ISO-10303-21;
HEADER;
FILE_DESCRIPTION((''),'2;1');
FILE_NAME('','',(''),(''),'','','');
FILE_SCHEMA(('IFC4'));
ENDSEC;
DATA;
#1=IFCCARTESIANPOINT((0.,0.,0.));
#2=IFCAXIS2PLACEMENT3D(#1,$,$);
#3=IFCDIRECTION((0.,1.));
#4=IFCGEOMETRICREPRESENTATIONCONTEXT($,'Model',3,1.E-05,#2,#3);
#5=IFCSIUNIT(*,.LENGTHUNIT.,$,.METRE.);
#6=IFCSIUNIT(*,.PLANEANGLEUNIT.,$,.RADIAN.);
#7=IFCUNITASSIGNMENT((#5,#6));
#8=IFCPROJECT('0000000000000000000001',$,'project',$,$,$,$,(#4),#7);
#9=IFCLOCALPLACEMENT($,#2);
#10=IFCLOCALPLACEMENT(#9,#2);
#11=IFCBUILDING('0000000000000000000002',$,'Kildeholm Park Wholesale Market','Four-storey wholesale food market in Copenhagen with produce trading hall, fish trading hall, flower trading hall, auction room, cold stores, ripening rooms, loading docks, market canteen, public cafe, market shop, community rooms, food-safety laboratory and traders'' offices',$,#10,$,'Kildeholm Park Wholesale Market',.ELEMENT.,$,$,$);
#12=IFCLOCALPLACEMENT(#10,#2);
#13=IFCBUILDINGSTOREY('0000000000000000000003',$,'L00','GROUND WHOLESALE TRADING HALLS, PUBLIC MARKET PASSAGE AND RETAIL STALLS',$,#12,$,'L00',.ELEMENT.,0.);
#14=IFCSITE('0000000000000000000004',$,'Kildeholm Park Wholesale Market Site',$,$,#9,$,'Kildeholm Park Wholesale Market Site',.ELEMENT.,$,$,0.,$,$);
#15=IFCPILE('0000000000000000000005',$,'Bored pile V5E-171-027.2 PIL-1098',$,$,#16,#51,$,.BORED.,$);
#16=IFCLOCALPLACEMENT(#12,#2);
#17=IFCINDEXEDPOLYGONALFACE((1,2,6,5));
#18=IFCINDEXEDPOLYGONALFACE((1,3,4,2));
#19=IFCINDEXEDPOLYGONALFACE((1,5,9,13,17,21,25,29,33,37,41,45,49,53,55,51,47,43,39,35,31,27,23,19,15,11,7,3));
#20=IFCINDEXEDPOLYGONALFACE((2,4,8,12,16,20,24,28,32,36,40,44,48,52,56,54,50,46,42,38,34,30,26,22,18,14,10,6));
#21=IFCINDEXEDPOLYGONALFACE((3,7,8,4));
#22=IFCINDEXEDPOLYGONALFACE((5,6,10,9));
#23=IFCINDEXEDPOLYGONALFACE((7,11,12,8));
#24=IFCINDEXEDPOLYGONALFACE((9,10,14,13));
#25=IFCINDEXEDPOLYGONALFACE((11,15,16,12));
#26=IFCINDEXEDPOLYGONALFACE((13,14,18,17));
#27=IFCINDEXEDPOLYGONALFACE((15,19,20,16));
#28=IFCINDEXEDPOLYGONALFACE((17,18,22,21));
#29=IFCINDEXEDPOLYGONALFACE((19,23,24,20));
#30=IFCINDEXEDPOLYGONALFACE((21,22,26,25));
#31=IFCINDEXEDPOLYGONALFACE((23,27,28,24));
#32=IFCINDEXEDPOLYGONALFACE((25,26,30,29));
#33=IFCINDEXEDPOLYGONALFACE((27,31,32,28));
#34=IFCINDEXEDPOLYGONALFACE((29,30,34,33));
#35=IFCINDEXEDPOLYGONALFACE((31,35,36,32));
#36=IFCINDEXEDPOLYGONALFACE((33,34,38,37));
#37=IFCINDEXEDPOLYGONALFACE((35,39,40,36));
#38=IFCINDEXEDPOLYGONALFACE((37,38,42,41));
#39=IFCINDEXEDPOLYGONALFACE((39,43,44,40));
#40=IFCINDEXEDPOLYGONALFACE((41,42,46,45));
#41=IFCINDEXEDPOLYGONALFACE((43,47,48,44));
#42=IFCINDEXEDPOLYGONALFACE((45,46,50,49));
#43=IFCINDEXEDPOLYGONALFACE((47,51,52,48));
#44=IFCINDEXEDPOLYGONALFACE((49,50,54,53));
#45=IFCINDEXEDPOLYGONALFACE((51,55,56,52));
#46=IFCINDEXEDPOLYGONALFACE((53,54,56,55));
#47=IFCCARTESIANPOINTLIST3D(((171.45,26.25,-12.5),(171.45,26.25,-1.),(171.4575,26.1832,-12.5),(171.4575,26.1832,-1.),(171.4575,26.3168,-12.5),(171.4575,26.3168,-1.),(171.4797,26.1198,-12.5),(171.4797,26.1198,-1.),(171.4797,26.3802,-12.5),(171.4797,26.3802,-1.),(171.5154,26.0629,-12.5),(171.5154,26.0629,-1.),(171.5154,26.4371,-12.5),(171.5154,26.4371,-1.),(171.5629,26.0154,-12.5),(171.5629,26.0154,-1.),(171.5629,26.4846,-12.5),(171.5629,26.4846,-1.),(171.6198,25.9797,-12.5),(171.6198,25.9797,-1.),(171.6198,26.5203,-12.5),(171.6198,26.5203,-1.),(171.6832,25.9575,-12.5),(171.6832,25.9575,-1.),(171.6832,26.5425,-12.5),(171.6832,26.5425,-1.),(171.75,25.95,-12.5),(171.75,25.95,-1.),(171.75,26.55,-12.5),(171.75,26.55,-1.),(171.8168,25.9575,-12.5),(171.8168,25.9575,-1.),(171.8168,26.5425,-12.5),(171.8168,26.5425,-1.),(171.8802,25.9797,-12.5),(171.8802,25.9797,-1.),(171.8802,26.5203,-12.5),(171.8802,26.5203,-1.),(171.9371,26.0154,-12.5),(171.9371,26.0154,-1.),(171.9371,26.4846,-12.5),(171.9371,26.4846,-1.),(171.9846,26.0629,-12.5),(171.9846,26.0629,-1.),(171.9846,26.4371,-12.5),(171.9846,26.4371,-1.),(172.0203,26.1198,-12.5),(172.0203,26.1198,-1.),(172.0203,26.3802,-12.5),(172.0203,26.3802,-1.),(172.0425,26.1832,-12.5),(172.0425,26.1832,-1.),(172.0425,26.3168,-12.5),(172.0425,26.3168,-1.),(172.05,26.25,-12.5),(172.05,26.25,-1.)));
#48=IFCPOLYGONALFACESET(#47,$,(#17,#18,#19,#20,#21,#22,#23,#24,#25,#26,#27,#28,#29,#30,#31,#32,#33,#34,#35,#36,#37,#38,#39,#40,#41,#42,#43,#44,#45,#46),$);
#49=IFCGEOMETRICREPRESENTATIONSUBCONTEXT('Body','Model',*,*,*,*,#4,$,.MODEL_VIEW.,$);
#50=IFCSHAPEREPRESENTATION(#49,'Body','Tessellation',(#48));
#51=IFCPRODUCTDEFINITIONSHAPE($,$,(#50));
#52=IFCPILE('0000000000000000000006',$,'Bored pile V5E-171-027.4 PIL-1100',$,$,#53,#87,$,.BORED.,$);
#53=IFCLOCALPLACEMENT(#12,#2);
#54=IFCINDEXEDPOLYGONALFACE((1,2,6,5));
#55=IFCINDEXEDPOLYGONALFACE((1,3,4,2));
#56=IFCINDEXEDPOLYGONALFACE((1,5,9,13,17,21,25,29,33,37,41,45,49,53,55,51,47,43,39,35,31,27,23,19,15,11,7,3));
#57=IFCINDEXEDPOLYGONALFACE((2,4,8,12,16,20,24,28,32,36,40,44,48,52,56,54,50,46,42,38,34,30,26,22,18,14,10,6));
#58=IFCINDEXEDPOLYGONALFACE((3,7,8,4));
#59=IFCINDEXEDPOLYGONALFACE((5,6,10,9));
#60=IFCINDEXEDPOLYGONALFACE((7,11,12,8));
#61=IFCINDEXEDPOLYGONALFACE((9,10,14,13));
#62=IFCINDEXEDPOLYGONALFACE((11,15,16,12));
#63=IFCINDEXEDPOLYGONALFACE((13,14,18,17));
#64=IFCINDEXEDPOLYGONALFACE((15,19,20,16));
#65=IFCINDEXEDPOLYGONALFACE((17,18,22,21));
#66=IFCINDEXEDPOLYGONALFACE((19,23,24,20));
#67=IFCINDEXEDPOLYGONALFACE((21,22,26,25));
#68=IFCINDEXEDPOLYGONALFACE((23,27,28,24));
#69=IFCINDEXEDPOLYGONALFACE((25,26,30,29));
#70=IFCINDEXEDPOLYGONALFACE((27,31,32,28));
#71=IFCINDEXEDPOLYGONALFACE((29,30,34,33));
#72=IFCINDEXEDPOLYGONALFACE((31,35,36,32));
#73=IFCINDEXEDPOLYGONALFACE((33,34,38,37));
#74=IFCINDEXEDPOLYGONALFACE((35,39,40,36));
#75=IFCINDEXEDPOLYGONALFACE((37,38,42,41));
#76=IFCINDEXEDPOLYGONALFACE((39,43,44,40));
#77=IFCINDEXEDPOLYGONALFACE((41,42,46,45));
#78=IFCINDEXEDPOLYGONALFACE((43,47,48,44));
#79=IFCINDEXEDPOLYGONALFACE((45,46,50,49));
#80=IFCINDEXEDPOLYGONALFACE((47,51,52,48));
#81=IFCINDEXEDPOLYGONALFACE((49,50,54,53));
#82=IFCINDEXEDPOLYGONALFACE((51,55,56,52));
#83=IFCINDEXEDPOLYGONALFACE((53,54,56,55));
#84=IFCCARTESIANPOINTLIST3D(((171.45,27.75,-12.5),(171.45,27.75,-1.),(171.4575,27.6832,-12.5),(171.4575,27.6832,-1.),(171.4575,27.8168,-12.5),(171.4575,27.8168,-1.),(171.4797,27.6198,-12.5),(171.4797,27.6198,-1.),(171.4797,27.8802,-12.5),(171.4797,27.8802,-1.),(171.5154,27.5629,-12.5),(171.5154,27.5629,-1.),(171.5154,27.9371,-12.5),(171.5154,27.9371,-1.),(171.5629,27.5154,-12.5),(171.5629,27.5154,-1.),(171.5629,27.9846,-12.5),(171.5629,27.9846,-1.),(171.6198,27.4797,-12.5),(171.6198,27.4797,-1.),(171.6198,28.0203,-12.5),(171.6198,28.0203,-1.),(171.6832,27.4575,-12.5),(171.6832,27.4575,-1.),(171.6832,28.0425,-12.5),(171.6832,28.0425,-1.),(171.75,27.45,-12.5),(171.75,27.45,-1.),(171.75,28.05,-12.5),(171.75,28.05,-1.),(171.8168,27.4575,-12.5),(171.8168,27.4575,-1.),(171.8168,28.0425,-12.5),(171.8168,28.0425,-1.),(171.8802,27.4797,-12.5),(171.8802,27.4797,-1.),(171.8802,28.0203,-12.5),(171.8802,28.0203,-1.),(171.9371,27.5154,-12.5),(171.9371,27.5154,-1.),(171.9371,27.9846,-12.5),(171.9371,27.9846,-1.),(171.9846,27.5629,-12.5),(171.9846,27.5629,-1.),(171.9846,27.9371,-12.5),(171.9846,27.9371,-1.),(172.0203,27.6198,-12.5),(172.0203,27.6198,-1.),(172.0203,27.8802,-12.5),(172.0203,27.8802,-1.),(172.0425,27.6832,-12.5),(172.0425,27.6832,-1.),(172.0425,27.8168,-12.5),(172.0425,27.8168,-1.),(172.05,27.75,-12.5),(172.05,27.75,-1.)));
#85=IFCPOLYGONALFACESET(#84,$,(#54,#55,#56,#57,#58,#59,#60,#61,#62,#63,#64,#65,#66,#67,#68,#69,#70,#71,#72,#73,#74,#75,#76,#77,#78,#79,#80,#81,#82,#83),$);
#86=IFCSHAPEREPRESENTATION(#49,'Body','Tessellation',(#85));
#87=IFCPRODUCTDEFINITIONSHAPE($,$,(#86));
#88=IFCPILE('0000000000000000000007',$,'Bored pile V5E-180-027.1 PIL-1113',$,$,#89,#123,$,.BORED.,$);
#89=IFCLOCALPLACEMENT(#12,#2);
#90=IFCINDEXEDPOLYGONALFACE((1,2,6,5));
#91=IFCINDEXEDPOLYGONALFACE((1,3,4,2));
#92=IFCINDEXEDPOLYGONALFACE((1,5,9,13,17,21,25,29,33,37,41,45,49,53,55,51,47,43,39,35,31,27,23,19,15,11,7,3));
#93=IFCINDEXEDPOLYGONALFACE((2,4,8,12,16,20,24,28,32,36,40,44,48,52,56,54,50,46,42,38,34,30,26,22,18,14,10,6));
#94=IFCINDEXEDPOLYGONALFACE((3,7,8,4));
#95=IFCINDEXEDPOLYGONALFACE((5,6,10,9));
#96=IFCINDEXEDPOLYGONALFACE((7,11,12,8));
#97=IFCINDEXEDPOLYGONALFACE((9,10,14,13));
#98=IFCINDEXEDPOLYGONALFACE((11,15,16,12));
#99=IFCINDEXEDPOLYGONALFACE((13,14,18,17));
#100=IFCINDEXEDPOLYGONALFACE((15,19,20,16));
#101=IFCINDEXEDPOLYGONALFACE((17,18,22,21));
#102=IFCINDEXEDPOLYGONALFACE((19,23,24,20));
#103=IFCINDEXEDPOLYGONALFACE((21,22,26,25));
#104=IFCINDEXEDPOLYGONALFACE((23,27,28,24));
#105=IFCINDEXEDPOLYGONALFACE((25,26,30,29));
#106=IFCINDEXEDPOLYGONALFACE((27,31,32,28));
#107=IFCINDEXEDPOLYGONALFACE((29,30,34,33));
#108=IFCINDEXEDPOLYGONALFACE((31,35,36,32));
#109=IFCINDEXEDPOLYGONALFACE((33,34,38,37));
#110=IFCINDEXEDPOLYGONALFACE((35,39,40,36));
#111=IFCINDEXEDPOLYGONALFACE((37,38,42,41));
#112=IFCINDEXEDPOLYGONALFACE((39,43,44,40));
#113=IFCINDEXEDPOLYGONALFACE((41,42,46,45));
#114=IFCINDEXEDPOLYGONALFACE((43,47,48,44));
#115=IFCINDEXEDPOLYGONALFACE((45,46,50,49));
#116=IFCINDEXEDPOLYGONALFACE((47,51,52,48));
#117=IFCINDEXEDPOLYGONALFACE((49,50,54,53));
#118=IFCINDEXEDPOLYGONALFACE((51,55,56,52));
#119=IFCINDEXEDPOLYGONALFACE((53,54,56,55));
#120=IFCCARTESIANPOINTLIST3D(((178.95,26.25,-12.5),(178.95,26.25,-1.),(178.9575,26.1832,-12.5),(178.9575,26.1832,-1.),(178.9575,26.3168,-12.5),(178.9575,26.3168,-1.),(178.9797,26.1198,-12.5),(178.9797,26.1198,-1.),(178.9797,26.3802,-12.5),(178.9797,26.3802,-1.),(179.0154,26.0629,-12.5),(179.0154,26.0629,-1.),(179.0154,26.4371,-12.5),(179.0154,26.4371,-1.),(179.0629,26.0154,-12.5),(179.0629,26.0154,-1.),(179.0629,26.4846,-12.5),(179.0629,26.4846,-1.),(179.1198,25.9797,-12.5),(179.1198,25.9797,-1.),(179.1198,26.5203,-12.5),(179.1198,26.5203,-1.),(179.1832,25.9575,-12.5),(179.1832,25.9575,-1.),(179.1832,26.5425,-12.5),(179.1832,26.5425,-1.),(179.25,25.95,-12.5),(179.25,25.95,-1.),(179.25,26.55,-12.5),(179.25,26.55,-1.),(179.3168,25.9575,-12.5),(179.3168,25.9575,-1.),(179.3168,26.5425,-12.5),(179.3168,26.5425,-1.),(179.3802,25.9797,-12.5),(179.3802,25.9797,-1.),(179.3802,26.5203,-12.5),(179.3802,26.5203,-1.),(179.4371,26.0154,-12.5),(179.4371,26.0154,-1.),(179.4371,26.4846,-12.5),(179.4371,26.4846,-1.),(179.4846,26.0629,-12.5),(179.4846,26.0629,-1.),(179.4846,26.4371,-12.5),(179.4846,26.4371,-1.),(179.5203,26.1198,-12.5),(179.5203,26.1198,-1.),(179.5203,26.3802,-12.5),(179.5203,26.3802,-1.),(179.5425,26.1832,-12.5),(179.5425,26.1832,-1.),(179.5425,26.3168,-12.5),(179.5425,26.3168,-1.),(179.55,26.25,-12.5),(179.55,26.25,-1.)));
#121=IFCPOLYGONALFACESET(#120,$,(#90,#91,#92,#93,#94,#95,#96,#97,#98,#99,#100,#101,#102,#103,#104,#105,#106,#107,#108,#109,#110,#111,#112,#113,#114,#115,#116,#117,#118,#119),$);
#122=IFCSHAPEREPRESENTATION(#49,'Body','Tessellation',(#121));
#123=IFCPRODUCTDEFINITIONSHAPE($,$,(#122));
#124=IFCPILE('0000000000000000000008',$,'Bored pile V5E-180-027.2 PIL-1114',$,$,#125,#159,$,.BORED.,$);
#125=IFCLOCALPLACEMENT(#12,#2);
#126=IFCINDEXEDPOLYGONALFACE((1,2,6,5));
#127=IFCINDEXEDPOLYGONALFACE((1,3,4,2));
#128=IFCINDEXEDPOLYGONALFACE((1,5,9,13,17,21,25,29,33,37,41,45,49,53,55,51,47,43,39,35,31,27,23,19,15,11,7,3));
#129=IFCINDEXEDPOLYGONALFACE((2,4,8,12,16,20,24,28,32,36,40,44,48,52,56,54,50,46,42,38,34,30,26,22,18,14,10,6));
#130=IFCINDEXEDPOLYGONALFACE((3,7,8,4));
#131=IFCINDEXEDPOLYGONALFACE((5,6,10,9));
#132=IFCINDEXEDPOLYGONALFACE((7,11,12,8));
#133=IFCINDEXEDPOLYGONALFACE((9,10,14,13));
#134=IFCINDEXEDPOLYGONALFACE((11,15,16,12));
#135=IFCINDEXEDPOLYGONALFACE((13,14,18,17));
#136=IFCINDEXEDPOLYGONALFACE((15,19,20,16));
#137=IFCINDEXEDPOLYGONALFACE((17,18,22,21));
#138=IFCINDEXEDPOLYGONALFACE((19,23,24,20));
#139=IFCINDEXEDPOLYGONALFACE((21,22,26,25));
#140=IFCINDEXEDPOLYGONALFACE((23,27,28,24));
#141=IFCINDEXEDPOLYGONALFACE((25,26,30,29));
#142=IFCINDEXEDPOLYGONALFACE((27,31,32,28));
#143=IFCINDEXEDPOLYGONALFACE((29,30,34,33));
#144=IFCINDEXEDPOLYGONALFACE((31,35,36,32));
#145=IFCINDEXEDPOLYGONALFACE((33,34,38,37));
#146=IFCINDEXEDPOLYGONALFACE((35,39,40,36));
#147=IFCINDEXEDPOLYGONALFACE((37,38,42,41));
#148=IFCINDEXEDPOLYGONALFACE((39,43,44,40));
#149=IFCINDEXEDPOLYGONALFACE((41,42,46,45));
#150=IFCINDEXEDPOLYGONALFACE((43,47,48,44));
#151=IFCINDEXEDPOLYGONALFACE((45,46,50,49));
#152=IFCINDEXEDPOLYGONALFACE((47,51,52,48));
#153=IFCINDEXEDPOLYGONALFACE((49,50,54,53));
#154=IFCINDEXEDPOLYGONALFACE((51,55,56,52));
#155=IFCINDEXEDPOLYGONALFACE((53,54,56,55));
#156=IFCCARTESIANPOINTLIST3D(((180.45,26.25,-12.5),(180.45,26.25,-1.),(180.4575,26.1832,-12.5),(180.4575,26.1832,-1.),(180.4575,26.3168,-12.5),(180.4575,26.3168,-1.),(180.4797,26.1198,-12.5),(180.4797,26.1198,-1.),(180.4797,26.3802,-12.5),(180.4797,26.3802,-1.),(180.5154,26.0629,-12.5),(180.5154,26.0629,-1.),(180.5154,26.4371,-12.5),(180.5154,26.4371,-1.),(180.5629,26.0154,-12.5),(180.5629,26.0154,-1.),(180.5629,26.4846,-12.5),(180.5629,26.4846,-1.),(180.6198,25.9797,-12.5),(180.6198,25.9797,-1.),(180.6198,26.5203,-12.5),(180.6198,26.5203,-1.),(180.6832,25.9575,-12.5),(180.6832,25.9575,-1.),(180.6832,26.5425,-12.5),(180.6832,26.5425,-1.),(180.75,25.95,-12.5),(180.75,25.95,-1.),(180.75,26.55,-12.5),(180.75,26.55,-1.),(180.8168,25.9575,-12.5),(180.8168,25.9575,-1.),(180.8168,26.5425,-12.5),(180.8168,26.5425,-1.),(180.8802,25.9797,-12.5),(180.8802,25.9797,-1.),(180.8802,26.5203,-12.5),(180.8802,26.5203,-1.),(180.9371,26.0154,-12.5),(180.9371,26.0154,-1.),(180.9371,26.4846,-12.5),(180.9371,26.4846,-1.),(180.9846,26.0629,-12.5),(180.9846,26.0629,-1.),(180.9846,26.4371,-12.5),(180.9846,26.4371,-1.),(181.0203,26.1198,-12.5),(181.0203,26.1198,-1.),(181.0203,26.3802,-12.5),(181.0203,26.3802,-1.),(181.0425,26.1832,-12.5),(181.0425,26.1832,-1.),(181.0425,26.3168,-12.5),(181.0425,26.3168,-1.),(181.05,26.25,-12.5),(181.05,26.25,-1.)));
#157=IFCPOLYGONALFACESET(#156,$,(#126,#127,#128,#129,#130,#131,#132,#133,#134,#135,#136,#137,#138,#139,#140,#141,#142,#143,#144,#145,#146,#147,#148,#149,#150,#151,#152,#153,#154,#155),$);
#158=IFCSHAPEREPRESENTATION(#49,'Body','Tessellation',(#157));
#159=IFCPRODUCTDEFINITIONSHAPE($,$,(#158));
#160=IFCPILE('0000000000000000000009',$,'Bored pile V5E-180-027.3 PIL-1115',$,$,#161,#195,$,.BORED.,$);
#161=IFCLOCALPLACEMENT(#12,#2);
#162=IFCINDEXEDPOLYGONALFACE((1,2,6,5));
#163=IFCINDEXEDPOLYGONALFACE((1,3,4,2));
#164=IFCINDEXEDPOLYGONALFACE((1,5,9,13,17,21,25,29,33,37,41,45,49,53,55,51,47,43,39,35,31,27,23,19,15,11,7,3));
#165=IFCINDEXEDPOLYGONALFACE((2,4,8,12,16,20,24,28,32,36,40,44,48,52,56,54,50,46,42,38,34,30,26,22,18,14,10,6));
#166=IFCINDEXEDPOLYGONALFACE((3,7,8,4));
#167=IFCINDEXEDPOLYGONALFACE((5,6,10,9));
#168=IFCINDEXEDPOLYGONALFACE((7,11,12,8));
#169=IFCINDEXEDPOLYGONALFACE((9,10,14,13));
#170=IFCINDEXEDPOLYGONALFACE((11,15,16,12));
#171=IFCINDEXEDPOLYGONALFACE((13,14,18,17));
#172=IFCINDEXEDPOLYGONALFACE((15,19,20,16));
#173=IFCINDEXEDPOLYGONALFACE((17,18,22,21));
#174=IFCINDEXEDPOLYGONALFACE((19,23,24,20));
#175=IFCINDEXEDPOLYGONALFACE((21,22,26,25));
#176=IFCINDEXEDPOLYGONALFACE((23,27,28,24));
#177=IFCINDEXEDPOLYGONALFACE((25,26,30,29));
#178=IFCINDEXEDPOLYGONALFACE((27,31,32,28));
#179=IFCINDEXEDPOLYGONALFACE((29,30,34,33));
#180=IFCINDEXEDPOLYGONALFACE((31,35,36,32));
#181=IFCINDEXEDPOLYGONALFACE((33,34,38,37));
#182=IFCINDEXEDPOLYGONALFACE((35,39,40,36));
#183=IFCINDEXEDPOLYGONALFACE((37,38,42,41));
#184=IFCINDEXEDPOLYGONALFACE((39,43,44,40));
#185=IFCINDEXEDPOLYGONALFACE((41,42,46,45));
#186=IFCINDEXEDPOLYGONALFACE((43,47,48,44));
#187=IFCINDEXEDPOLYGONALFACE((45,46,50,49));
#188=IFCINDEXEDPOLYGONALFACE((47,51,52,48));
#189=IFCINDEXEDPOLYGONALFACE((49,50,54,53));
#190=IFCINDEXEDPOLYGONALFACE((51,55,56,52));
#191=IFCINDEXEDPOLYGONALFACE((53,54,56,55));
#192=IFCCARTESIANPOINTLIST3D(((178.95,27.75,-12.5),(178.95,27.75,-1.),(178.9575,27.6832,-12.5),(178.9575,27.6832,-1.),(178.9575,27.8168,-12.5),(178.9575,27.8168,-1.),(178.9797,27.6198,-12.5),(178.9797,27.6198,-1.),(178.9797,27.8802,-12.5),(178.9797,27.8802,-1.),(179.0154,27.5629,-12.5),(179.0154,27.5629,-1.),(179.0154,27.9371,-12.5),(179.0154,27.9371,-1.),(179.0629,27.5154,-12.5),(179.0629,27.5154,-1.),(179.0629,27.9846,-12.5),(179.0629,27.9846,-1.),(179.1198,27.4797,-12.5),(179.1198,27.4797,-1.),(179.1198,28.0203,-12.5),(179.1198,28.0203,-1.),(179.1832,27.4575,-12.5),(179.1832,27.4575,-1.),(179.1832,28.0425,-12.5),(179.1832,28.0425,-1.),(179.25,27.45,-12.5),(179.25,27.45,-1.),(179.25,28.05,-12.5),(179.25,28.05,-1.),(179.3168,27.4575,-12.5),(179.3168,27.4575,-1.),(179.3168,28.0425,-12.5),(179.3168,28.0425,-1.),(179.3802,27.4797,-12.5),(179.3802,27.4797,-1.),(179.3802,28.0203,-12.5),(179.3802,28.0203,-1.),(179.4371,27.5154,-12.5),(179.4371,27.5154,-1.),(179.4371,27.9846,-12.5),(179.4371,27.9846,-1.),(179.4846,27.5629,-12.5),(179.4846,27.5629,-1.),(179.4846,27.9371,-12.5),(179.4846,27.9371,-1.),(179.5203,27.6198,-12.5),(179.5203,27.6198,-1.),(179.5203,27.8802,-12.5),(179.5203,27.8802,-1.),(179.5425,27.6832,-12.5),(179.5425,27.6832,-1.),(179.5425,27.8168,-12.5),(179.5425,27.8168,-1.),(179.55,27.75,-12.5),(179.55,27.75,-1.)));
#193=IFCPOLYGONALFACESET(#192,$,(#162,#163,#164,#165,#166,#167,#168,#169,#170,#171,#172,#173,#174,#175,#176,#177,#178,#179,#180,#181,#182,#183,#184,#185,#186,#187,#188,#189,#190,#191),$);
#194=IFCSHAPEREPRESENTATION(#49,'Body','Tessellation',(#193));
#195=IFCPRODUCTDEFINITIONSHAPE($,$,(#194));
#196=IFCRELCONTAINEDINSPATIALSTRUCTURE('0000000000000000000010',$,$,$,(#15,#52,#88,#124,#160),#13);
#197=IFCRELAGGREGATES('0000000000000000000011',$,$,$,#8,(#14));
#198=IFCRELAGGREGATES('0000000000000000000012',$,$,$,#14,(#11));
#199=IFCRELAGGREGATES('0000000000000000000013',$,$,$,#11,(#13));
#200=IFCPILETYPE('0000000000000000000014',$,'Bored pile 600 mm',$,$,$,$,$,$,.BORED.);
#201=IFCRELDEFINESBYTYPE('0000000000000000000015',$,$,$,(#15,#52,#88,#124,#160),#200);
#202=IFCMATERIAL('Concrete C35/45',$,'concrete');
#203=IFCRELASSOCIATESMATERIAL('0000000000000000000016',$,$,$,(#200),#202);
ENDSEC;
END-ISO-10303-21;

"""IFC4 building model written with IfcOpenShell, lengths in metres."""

from ifc_helpers import new_model, si_unit, direction, frame, origin, origin_2d, place, context, subcontext, project, spatial, circle, extrude, material, material_profile, profile_set, type_object, element, save


model = new_model("IFC4")

# Units and contexts
model_context = context("Model", 3, precision=1e-05, world=origin(), true_north=direction((0.0, 1.0)))
body_context = subcontext(model_context, "Body", "Model", "MODEL_VIEW")
ifc_project = project(units=[si_unit("LENGTHUNIT", "METRE"), si_unit("PLANEANGLEUNIT", "RADIAN")], contexts=[model_context])

# Site, building, storey
site_placement = place(None, origin())
site = spatial("IfcSite", under=ifc_project, at=site_placement, Name="Kildeholm Park Wholesale Market Site", LongName="Kildeholm Park Wholesale Market Site", CompositionType="ELEMENT", RefElevation=0.0)
building_placement = place(site_placement, origin())
building = spatial("IfcBuilding", under=site, at=building_placement, Name="Kildeholm Park Wholesale Market", Description="Four-storey wholesale food market in Copenhagen with produce trading hall, fish trading hall, flower trading hall, auction room, cold stores, ripening rooms, loading docks, market canteen, public cafe, market shop, community rooms, food-safety laboratory and traders' offices", LongName="Kildeholm Park Wholesale Market", CompositionType="ELEMENT")
storey_placement = place(building_placement, origin())
storey = spatial("IfcBuildingStorey", under=building, at=storey_placement, Name="L00", Description="GROUND WHOLESALE TRADING HALLS, PUBLIC MARKET PASSAGE AND RETAIL STALLS", LongName="L00", CompositionType="ELEMENT", Elevation=0.0)

# Piles
ifc_material_1 = material(Name="Concrete C35/45", Category="concrete")
ifc_material_profile_1 = material_profile(ifc_material_1, circle(Radius=0.3, at=origin_2d()), Name="PILE D600")
ifc_profile_set_1 = profile_set([ifc_material_profile_1], Name="Concrete C35/45")
pile_type = type_object("IfcPileType", Name="Bored pile 600 mm", PredefinedType="BORED", material=ifc_profile_set_1)
for number, where, z_axis, x_axis, name in (
    (1, (171.75, 26.25, -1.0), (0.0, 0.0, -1.0), (1.0, 0.0, 0.0), "Bored pile V5E-171-027.2 PIL-1098"),
    (2, (171.75, 27.75, -1.0), (0.0, 0.0, -1.0), (1.0, 0.0, 0.0), "Bored pile V5E-171-027.4 PIL-1100"),
    (3, (179.25, 26.25, -1.0), (0.0, 0.0, -1.0), (1.0, 0.0, 0.0), "Bored pile V5E-180-027.1 PIL-1113"),
    (4, (180.75, 26.25, -1.0), (0.0, 0.0, -1.0), (1.0, 0.0, 0.0), "Bored pile V5E-180-027.2 PIL-1114"),
    (5, (179.25, 27.75, -1.0), (0.0, 0.0, -1.0), (1.0, 0.0, 0.0), "Bored pile V5E-180-027.3 PIL-1115"),
):
    element("IfcPile", number, at=place(storey_placement, frame(where, z_axis=z_axis, x_axis=x_axis)), inside=storey, type_object=pile_type, Name=name, PredefinedType="BORED", context=body_context, shape_type="SweptSolid", body=[
        extrude(circle(Radius=0.3, at=origin_2d()), origin(), (0.0, 0.0, 1.0), 11.5),
    ])

save(model, "model.ifc")
